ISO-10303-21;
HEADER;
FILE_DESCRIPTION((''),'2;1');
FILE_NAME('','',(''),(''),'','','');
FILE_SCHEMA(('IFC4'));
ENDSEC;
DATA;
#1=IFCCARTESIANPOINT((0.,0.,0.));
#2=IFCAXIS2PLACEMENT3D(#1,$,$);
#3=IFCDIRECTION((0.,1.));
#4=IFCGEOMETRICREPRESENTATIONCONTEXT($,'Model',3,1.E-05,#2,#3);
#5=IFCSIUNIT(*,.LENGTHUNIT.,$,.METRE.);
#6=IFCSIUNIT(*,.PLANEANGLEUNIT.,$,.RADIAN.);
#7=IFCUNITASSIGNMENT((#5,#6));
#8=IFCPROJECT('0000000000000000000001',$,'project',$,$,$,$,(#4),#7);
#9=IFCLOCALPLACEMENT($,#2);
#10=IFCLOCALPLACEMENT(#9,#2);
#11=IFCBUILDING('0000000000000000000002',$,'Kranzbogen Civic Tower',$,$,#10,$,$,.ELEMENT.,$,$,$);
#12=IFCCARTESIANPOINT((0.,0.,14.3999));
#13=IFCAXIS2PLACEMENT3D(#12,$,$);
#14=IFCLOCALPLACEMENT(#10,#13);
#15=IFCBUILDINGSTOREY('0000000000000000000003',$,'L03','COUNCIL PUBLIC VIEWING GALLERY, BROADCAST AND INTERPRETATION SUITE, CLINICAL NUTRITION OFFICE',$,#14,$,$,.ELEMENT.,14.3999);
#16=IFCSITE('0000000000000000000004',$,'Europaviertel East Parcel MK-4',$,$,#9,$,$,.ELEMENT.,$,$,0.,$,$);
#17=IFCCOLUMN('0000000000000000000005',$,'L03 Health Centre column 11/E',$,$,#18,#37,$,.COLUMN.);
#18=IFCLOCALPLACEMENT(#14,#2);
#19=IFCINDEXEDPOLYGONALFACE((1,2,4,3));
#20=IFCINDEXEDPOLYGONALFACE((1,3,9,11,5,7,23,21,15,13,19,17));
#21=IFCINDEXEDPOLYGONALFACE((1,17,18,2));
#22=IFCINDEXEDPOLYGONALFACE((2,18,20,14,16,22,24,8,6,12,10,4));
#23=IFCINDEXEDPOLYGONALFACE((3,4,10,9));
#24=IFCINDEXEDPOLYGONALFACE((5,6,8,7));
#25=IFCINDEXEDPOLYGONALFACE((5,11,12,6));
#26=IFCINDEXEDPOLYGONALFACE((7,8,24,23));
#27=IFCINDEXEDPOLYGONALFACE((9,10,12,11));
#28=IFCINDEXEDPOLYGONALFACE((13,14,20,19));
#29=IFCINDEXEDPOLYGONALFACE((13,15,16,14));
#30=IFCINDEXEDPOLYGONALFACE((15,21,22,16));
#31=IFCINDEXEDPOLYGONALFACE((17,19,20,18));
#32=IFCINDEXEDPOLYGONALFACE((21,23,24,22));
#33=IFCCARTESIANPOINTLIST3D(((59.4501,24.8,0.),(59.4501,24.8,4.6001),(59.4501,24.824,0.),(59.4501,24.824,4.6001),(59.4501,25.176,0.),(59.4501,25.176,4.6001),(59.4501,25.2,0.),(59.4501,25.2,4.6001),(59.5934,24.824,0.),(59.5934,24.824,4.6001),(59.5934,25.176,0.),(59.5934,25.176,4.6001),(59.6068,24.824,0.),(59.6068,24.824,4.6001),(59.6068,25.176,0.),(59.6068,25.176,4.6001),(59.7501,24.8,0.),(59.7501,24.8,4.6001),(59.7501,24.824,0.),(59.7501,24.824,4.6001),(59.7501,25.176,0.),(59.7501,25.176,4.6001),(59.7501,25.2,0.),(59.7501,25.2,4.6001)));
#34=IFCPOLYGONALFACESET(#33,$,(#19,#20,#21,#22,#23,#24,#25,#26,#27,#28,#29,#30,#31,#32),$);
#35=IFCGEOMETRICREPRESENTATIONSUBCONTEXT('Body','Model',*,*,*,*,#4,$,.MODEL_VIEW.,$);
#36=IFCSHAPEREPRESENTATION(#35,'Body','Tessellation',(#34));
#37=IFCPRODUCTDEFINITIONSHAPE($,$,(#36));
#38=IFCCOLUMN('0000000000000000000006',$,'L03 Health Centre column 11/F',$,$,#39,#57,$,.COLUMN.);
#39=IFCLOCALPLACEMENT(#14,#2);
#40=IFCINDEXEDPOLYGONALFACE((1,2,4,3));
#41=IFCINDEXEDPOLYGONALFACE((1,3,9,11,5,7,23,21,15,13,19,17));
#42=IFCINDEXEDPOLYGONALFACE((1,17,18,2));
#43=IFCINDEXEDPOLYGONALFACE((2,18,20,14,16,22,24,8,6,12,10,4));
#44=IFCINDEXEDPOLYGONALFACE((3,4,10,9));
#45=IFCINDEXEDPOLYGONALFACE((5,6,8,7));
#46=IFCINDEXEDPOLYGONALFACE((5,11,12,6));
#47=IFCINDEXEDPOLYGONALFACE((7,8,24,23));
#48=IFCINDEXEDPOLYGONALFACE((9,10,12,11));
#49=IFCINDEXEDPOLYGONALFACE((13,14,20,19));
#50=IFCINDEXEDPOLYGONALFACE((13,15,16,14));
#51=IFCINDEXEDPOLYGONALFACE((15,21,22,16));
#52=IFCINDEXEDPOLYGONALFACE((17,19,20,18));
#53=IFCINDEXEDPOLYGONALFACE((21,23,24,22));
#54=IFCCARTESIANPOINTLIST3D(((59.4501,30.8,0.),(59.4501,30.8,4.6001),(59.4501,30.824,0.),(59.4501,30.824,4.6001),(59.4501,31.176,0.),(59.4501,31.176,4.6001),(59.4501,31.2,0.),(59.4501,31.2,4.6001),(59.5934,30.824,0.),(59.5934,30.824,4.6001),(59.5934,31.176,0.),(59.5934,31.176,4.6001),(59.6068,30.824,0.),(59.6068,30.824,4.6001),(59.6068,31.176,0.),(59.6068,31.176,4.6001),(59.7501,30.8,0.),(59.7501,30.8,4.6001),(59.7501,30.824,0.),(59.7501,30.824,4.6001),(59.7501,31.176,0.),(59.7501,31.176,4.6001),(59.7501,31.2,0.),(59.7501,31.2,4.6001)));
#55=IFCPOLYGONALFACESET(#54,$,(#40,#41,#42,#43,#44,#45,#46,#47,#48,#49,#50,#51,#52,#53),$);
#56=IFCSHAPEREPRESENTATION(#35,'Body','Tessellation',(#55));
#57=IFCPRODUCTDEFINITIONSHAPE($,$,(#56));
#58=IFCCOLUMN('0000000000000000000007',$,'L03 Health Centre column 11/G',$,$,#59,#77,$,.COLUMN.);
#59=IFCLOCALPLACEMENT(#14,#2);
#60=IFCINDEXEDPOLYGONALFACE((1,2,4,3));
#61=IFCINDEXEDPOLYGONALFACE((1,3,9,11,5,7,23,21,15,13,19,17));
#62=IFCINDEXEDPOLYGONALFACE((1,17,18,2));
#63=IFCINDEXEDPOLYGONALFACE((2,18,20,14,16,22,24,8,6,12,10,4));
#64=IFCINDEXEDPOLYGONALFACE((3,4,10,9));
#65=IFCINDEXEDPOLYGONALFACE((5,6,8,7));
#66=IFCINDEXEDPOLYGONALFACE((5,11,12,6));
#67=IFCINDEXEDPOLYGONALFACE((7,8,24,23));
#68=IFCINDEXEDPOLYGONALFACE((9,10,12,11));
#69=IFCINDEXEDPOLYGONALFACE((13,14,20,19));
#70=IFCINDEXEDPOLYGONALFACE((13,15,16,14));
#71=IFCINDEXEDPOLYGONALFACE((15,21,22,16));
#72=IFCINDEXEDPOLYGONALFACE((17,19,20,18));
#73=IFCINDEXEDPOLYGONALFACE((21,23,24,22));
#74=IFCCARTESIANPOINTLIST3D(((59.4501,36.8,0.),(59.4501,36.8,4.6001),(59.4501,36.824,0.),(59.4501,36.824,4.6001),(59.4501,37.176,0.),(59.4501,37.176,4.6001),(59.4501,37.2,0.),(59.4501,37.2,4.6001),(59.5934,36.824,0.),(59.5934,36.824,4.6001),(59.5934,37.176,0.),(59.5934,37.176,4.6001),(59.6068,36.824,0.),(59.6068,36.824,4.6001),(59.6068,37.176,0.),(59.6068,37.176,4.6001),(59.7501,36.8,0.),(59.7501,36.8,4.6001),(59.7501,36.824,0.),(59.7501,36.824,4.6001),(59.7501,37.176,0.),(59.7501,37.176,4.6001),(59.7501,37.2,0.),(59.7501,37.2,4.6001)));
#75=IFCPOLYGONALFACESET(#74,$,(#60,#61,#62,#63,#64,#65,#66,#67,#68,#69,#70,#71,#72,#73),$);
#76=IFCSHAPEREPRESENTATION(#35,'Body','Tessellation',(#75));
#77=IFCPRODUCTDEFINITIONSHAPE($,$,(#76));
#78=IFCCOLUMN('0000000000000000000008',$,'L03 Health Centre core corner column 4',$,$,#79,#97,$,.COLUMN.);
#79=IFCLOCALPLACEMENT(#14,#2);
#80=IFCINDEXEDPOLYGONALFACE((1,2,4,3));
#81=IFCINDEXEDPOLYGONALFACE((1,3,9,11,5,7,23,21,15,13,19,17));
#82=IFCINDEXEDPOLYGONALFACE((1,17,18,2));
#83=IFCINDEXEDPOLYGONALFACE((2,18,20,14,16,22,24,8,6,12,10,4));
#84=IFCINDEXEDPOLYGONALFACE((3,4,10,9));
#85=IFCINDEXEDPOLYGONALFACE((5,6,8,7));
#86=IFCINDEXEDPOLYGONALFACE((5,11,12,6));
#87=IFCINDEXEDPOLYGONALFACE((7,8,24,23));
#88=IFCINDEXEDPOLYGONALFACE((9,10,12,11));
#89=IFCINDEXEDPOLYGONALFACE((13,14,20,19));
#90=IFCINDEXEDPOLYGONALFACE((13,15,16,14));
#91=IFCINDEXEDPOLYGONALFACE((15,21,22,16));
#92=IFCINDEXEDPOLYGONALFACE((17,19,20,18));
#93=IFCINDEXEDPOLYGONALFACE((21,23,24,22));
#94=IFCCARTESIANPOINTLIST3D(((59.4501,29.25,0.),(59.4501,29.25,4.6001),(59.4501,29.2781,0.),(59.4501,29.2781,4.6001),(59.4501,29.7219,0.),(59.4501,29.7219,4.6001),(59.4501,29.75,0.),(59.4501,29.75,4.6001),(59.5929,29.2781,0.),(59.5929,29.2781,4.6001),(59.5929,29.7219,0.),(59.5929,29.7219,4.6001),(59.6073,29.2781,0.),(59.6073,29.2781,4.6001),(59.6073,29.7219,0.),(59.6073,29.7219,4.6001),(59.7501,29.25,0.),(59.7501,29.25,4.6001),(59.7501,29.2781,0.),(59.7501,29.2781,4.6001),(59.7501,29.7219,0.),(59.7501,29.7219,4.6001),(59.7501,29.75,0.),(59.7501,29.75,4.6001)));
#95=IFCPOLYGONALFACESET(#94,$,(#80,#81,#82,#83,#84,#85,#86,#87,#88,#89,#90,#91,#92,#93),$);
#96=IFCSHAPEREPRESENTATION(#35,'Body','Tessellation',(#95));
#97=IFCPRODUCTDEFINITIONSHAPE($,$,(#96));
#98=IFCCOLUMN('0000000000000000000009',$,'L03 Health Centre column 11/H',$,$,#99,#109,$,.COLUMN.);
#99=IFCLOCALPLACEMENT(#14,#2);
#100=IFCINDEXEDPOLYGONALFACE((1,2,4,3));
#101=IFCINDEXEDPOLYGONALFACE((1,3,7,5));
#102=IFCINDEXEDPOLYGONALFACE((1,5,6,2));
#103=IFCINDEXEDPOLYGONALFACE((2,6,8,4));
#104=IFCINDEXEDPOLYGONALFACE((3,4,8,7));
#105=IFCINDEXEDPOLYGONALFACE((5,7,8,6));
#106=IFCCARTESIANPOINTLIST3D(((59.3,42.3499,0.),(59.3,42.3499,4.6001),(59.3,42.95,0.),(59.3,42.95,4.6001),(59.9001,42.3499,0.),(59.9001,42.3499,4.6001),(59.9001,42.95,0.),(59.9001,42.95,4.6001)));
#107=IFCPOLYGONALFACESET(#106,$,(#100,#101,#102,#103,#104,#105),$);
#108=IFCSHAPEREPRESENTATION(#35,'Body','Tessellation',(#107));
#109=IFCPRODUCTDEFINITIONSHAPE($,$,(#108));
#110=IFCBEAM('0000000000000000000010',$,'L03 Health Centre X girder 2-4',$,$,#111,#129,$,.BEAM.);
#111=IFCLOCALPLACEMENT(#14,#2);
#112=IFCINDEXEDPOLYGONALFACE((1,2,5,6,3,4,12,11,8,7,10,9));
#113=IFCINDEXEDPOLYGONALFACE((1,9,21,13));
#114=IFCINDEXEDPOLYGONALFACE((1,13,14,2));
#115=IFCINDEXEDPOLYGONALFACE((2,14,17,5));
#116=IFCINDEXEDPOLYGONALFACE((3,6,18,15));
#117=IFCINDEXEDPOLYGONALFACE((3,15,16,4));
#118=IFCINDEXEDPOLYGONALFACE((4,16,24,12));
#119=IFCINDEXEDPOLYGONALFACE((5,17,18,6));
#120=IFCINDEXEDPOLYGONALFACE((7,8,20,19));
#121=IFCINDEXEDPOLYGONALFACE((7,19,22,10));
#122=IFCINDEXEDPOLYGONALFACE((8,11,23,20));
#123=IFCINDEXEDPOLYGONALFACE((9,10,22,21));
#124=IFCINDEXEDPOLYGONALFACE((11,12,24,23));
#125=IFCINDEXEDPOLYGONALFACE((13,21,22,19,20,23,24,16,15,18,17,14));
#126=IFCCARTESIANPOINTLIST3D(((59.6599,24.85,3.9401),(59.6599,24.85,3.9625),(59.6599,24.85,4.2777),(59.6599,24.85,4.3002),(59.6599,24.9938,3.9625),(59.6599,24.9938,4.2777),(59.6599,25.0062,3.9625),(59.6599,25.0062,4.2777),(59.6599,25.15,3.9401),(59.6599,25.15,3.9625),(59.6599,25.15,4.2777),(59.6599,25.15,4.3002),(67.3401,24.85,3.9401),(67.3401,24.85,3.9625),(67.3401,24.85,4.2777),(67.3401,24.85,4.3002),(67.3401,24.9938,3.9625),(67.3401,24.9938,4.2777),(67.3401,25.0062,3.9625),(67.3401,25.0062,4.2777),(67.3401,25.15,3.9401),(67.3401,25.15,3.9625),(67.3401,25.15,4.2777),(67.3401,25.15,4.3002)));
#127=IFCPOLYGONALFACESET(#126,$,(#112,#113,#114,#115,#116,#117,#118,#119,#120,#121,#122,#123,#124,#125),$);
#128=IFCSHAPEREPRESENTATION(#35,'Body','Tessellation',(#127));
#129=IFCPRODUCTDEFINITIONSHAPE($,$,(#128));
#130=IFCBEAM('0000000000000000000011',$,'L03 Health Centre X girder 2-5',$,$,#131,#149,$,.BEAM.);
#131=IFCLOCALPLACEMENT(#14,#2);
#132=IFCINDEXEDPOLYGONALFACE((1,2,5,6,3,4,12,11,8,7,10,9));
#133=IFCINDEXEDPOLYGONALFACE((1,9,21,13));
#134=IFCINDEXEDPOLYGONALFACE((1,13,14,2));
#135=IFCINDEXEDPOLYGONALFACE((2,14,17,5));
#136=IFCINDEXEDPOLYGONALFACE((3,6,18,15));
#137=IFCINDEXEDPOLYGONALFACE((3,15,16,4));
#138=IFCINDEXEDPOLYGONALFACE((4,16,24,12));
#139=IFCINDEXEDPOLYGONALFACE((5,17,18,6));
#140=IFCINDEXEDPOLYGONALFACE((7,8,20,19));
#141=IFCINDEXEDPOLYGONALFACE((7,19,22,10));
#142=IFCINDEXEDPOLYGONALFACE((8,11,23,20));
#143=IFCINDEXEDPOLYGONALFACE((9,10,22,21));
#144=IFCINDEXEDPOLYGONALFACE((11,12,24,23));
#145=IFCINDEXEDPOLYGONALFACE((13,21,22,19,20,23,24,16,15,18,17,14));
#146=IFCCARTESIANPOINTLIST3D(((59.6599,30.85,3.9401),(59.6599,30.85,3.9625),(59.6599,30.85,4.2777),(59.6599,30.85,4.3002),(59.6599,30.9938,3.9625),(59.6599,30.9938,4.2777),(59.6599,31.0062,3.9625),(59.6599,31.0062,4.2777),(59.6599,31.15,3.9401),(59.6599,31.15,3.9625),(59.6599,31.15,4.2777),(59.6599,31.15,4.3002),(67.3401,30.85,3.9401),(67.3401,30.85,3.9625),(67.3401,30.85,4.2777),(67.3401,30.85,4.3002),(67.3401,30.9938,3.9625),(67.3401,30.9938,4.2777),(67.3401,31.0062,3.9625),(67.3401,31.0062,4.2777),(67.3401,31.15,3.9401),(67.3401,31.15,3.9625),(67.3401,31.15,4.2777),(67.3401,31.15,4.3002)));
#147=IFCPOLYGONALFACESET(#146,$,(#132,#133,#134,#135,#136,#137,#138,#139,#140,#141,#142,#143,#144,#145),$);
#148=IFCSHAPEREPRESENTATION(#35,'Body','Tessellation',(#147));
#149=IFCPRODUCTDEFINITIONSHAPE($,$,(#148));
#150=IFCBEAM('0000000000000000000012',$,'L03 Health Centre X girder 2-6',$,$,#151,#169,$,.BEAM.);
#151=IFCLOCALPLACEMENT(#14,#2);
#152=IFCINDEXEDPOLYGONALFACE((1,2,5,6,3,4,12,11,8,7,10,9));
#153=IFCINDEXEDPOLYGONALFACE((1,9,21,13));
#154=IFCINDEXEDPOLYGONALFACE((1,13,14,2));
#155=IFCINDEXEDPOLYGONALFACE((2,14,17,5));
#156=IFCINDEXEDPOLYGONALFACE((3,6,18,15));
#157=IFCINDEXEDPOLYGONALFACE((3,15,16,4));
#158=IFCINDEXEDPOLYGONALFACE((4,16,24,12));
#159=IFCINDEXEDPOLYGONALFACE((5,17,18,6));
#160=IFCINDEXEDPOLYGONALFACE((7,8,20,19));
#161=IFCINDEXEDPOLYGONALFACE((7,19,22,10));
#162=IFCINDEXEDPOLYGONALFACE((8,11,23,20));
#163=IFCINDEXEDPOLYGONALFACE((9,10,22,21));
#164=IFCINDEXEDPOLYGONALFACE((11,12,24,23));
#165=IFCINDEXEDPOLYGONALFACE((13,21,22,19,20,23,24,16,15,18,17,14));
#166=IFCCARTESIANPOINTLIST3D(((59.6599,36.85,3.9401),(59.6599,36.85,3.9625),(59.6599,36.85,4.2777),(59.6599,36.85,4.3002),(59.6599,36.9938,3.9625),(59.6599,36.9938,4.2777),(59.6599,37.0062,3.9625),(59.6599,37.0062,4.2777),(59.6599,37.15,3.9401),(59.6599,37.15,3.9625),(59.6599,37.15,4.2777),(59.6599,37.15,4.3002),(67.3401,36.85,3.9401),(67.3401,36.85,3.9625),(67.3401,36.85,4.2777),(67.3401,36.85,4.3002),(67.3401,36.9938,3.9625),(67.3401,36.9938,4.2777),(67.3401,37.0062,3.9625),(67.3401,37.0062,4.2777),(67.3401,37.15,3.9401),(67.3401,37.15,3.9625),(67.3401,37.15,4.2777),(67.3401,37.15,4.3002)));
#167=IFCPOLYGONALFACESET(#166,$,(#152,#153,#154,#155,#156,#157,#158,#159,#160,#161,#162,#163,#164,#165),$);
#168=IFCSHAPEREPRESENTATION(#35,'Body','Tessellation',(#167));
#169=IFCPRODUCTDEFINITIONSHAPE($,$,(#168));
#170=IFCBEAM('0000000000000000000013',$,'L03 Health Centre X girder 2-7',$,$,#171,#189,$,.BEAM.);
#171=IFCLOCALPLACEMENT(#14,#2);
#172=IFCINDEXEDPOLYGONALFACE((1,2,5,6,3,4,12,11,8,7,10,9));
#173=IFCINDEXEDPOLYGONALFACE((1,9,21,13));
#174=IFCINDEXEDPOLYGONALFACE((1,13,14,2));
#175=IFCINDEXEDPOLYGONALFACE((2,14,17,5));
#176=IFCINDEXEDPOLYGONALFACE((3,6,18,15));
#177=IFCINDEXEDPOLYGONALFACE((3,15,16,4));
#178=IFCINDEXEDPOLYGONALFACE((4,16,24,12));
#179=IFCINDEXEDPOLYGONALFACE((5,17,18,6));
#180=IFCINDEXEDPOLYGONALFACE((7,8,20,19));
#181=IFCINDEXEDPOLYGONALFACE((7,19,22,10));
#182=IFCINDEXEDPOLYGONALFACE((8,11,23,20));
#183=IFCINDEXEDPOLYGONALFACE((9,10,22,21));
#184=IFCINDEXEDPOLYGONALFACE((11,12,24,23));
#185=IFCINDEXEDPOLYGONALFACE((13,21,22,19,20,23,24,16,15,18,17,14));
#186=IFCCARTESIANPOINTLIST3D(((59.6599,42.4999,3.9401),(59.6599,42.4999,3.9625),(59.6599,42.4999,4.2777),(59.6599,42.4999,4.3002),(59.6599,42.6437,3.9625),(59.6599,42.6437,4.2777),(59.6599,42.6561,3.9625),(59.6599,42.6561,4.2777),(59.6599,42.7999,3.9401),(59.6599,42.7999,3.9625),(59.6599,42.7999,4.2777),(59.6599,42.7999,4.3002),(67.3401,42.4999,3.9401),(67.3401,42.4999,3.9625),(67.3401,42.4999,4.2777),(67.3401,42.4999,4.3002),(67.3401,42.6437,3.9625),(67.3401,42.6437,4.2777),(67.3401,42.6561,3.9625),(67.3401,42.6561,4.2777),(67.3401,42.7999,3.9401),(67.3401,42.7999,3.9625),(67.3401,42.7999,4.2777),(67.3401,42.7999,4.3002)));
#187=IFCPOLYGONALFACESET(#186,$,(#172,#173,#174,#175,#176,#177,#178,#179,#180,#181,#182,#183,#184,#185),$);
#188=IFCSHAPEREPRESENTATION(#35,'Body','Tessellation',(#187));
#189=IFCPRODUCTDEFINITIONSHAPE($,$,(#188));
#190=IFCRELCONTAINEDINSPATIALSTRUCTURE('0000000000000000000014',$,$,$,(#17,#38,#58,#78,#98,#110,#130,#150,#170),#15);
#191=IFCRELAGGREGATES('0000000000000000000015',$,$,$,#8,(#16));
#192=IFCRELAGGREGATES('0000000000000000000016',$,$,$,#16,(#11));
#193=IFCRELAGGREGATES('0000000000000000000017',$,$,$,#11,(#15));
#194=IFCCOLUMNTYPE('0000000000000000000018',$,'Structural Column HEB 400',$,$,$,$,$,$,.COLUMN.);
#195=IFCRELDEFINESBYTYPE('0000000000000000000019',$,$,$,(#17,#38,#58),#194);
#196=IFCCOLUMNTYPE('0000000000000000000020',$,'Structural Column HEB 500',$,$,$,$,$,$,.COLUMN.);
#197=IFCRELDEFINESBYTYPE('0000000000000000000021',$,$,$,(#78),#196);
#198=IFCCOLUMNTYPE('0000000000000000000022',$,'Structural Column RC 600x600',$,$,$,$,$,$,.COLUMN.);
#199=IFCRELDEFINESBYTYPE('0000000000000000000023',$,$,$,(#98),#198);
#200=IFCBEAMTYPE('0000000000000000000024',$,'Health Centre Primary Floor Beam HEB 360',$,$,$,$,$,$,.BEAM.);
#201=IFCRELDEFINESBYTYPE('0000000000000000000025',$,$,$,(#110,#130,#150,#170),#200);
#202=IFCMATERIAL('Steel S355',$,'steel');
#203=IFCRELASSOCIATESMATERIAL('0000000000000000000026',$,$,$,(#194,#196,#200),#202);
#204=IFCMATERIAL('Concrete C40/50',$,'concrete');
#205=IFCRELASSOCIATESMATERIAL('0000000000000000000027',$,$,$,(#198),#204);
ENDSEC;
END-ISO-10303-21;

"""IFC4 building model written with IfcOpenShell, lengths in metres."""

from ifc_helpers import new_model, si_unit, direction, frame, origin, origin_2d, place, context, subcontext, project, spatial, rectangle, i_section, extrude, material, material_profile, profile_set, type_object, element, save


model = new_model("IFC4")

# Units and contexts
model_context = context("Model", 3, precision=1e-05, world=origin(), true_north=direction((0.0, 1.0)))
body_context = subcontext(model_context, "Body", "Model", "MODEL_VIEW")
ifc_project = project(units=[si_unit("LENGTHUNIT", "METRE"), si_unit("PLANEANGLEUNIT", "RADIAN")], contexts=[model_context])

# Site, building, storey
site_placement = place(None, origin())
site = spatial("IfcSite", under=ifc_project, at=site_placement, Name="Europaviertel East Parcel MK-4", CompositionType="ELEMENT", RefElevation=0.0)
building_placement = place(site_placement, origin())
building = spatial("IfcBuilding", under=site, at=building_placement, Name="Kranzbogen Civic Tower", CompositionType="ELEMENT")
storey_placement = place(building_placement, frame((0.0, 0.0, 14.3999)))
storey = spatial("IfcBuildingStorey", under=building, at=storey_placement, Name="L03", Description="COUNCIL PUBLIC VIEWING GALLERY, BROADCAST AND INTERPRETATION SUITE, CLINICAL NUTRITION OFFICE", CompositionType="ELEMENT", Elevation=14.3999)

# Columns
ifc_material_1 = material(Name="Steel S355", Category="steel")
ifc_material_profile_1 = material_profile(ifc_material_1, i_section(OverallWidth=0.3, OverallDepth=0.3999, WebThickness=0.0134, FlangeThickness=0.0239, at=origin_2d()), Name="HEB 400")
ifc_profile_set_1 = profile_set([ifc_material_profile_1], Name="Steel S355")
column_type_1 = type_object("IfcColumnType", Name="Structural Column HEB 400", PredefinedType="COLUMN", material=ifc_profile_set_1)
for number, where, z_axis, x_axis, name in (
    (1, (59.6001, 25.0, 0.0), (0.0, 0.0, 1.0), (1.0, 0.0, 0.0), "L03 Health Centre column 11/E"),
    (2, (59.6001, 31.0, 0.0), (0.0, 0.0, 1.0), (1.0, 0.0, 0.0), "L03 Health Centre column 11/F"),
    (3, (59.6001, 37.0, 0.0), (0.0, 0.0, 1.0), (1.0, 0.0, 0.0), "L03 Health Centre column 11/G"),
):
    element("IfcColumn", number, at=place(storey_placement, frame(where, z_axis=z_axis, x_axis=x_axis)), inside=storey, type_object=column_type_1, Name=name, PredefinedType="COLUMN", context=body_context, shape_type="SweptSolid", body=[
        extrude(i_section(OverallWidth=0.3, OverallDepth=0.3999, WebThickness=0.0134, FlangeThickness=0.0239, at=origin_2d()), origin(), (0.0, 0.0, 1.0), 4.6001),
    ])
ifc_material_profile_2 = material_profile(ifc_material_1, i_section(OverallWidth=0.3, OverallDepth=0.5, WebThickness=0.0144, FlangeThickness=0.0281, at=origin_2d()), Name="HEB 500")
ifc_profile_set_2 = profile_set([ifc_material_profile_2], Name="Steel S355")
column_type_2 = type_object("IfcColumnType", Name="Structural Column HEB 500", PredefinedType="COLUMN", material=ifc_profile_set_2)
column_1_placement = place(storey_placement, frame((59.6001, 29.5, 0.0), z_axis=(0.0, 0.0, 1.0), x_axis=(1.0, 0.0, 0.0)))
element("IfcColumn", 4, at=column_1_placement, inside=storey, type_object=column_type_2, Name="L03 Health Centre core corner column 4", PredefinedType="COLUMN", context=body_context, shape_type="SweptSolid", body=[
    extrude(i_section(OverallWidth=0.3, OverallDepth=0.5, WebThickness=0.0144, FlangeThickness=0.0281, at=origin_2d()), origin(), (0.0, 0.0, 1.0), 4.6001),
])
ifc_material_2 = material(Name="Concrete C40/50", Category="concrete")
ifc_material_profile_3 = material_profile(ifc_material_2, rectangle(XDim=0.6001, YDim=0.6001, at=origin_2d()), Name="RC 600x600")
ifc_profile_set_3 = profile_set([ifc_material_profile_3], Name="Concrete C40/50")
column_type_3 = type_object("IfcColumnType", Name="Structural Column RC 600x600", PredefinedType="COLUMN", material=ifc_profile_set_3)
column_2_placement = place(storey_placement, frame((59.6001, 42.6499, 0.0), z_axis=(0.0, 0.0, 1.0), x_axis=(1.0, 0.0, 0.0)))
element("IfcColumn", 5, at=column_2_placement, inside=storey, type_object=column_type_3, Name="L03 Health Centre column 11/H", PredefinedType="COLUMN", context=body_context, shape_type="SweptSolid", body=[
    extrude(rectangle(XDim=0.6001, YDim=0.6001, at=origin_2d()), origin(), (0.0, 0.0, 1.0), 4.6001),
])

# Beams
ifc_material_profile_4 = material_profile(ifc_material_1, i_section(OverallWidth=0.3, OverallDepth=0.3601, WebThickness=0.0125, FlangeThickness=0.0225, at=origin_2d()), Name="HEB 360")
ifc_profile_set_4 = profile_set([ifc_material_profile_4], Name="Steel S355")
beam_type_1 = type_object("IfcBeamType", Name="Health Centre Primary Floor Beam HEB 360", PredefinedType="BEAM", material=ifc_profile_set_4)
for number, where, z_axis, x_axis, name in (
    (6, (59.6599, 25.0, 4.1201), (1.0, 0.0, 0.0), (0.0, 1.0, 0.0), "L03 Health Centre X girder 2-4"),
    (7, (59.6599, 31.0, 4.1201), (1.0, 0.0, 0.0), (0.0, 1.0, 0.0), "L03 Health Centre X girder 2-5"),
    (8, (59.6599, 37.0, 4.1201), (1.0, 0.0, 0.0), (0.0, 1.0, 0.0), "L03 Health Centre X girder 2-6"),
    (9, (59.6599, 42.6499, 4.1201), (1.0, 0.0, 0.0), (0.0, 1.0, 0.0), "L03 Health Centre X girder 2-7"),
):
    element("IfcBeam", number, at=place(storey_placement, frame(where, z_axis=z_axis, x_axis=x_axis)), inside=storey, type_object=beam_type_1, Name=name, PredefinedType="BEAM", context=body_context, shape_type="SweptSolid", body=[
        extrude(i_section(OverallWidth=0.3, OverallDepth=0.3601, WebThickness=0.0125, FlangeThickness=0.0225, at=origin_2d()), origin(), (0.0, 0.0, 1.0), 7.6802),
    ])

save(model, "model.ifc")
